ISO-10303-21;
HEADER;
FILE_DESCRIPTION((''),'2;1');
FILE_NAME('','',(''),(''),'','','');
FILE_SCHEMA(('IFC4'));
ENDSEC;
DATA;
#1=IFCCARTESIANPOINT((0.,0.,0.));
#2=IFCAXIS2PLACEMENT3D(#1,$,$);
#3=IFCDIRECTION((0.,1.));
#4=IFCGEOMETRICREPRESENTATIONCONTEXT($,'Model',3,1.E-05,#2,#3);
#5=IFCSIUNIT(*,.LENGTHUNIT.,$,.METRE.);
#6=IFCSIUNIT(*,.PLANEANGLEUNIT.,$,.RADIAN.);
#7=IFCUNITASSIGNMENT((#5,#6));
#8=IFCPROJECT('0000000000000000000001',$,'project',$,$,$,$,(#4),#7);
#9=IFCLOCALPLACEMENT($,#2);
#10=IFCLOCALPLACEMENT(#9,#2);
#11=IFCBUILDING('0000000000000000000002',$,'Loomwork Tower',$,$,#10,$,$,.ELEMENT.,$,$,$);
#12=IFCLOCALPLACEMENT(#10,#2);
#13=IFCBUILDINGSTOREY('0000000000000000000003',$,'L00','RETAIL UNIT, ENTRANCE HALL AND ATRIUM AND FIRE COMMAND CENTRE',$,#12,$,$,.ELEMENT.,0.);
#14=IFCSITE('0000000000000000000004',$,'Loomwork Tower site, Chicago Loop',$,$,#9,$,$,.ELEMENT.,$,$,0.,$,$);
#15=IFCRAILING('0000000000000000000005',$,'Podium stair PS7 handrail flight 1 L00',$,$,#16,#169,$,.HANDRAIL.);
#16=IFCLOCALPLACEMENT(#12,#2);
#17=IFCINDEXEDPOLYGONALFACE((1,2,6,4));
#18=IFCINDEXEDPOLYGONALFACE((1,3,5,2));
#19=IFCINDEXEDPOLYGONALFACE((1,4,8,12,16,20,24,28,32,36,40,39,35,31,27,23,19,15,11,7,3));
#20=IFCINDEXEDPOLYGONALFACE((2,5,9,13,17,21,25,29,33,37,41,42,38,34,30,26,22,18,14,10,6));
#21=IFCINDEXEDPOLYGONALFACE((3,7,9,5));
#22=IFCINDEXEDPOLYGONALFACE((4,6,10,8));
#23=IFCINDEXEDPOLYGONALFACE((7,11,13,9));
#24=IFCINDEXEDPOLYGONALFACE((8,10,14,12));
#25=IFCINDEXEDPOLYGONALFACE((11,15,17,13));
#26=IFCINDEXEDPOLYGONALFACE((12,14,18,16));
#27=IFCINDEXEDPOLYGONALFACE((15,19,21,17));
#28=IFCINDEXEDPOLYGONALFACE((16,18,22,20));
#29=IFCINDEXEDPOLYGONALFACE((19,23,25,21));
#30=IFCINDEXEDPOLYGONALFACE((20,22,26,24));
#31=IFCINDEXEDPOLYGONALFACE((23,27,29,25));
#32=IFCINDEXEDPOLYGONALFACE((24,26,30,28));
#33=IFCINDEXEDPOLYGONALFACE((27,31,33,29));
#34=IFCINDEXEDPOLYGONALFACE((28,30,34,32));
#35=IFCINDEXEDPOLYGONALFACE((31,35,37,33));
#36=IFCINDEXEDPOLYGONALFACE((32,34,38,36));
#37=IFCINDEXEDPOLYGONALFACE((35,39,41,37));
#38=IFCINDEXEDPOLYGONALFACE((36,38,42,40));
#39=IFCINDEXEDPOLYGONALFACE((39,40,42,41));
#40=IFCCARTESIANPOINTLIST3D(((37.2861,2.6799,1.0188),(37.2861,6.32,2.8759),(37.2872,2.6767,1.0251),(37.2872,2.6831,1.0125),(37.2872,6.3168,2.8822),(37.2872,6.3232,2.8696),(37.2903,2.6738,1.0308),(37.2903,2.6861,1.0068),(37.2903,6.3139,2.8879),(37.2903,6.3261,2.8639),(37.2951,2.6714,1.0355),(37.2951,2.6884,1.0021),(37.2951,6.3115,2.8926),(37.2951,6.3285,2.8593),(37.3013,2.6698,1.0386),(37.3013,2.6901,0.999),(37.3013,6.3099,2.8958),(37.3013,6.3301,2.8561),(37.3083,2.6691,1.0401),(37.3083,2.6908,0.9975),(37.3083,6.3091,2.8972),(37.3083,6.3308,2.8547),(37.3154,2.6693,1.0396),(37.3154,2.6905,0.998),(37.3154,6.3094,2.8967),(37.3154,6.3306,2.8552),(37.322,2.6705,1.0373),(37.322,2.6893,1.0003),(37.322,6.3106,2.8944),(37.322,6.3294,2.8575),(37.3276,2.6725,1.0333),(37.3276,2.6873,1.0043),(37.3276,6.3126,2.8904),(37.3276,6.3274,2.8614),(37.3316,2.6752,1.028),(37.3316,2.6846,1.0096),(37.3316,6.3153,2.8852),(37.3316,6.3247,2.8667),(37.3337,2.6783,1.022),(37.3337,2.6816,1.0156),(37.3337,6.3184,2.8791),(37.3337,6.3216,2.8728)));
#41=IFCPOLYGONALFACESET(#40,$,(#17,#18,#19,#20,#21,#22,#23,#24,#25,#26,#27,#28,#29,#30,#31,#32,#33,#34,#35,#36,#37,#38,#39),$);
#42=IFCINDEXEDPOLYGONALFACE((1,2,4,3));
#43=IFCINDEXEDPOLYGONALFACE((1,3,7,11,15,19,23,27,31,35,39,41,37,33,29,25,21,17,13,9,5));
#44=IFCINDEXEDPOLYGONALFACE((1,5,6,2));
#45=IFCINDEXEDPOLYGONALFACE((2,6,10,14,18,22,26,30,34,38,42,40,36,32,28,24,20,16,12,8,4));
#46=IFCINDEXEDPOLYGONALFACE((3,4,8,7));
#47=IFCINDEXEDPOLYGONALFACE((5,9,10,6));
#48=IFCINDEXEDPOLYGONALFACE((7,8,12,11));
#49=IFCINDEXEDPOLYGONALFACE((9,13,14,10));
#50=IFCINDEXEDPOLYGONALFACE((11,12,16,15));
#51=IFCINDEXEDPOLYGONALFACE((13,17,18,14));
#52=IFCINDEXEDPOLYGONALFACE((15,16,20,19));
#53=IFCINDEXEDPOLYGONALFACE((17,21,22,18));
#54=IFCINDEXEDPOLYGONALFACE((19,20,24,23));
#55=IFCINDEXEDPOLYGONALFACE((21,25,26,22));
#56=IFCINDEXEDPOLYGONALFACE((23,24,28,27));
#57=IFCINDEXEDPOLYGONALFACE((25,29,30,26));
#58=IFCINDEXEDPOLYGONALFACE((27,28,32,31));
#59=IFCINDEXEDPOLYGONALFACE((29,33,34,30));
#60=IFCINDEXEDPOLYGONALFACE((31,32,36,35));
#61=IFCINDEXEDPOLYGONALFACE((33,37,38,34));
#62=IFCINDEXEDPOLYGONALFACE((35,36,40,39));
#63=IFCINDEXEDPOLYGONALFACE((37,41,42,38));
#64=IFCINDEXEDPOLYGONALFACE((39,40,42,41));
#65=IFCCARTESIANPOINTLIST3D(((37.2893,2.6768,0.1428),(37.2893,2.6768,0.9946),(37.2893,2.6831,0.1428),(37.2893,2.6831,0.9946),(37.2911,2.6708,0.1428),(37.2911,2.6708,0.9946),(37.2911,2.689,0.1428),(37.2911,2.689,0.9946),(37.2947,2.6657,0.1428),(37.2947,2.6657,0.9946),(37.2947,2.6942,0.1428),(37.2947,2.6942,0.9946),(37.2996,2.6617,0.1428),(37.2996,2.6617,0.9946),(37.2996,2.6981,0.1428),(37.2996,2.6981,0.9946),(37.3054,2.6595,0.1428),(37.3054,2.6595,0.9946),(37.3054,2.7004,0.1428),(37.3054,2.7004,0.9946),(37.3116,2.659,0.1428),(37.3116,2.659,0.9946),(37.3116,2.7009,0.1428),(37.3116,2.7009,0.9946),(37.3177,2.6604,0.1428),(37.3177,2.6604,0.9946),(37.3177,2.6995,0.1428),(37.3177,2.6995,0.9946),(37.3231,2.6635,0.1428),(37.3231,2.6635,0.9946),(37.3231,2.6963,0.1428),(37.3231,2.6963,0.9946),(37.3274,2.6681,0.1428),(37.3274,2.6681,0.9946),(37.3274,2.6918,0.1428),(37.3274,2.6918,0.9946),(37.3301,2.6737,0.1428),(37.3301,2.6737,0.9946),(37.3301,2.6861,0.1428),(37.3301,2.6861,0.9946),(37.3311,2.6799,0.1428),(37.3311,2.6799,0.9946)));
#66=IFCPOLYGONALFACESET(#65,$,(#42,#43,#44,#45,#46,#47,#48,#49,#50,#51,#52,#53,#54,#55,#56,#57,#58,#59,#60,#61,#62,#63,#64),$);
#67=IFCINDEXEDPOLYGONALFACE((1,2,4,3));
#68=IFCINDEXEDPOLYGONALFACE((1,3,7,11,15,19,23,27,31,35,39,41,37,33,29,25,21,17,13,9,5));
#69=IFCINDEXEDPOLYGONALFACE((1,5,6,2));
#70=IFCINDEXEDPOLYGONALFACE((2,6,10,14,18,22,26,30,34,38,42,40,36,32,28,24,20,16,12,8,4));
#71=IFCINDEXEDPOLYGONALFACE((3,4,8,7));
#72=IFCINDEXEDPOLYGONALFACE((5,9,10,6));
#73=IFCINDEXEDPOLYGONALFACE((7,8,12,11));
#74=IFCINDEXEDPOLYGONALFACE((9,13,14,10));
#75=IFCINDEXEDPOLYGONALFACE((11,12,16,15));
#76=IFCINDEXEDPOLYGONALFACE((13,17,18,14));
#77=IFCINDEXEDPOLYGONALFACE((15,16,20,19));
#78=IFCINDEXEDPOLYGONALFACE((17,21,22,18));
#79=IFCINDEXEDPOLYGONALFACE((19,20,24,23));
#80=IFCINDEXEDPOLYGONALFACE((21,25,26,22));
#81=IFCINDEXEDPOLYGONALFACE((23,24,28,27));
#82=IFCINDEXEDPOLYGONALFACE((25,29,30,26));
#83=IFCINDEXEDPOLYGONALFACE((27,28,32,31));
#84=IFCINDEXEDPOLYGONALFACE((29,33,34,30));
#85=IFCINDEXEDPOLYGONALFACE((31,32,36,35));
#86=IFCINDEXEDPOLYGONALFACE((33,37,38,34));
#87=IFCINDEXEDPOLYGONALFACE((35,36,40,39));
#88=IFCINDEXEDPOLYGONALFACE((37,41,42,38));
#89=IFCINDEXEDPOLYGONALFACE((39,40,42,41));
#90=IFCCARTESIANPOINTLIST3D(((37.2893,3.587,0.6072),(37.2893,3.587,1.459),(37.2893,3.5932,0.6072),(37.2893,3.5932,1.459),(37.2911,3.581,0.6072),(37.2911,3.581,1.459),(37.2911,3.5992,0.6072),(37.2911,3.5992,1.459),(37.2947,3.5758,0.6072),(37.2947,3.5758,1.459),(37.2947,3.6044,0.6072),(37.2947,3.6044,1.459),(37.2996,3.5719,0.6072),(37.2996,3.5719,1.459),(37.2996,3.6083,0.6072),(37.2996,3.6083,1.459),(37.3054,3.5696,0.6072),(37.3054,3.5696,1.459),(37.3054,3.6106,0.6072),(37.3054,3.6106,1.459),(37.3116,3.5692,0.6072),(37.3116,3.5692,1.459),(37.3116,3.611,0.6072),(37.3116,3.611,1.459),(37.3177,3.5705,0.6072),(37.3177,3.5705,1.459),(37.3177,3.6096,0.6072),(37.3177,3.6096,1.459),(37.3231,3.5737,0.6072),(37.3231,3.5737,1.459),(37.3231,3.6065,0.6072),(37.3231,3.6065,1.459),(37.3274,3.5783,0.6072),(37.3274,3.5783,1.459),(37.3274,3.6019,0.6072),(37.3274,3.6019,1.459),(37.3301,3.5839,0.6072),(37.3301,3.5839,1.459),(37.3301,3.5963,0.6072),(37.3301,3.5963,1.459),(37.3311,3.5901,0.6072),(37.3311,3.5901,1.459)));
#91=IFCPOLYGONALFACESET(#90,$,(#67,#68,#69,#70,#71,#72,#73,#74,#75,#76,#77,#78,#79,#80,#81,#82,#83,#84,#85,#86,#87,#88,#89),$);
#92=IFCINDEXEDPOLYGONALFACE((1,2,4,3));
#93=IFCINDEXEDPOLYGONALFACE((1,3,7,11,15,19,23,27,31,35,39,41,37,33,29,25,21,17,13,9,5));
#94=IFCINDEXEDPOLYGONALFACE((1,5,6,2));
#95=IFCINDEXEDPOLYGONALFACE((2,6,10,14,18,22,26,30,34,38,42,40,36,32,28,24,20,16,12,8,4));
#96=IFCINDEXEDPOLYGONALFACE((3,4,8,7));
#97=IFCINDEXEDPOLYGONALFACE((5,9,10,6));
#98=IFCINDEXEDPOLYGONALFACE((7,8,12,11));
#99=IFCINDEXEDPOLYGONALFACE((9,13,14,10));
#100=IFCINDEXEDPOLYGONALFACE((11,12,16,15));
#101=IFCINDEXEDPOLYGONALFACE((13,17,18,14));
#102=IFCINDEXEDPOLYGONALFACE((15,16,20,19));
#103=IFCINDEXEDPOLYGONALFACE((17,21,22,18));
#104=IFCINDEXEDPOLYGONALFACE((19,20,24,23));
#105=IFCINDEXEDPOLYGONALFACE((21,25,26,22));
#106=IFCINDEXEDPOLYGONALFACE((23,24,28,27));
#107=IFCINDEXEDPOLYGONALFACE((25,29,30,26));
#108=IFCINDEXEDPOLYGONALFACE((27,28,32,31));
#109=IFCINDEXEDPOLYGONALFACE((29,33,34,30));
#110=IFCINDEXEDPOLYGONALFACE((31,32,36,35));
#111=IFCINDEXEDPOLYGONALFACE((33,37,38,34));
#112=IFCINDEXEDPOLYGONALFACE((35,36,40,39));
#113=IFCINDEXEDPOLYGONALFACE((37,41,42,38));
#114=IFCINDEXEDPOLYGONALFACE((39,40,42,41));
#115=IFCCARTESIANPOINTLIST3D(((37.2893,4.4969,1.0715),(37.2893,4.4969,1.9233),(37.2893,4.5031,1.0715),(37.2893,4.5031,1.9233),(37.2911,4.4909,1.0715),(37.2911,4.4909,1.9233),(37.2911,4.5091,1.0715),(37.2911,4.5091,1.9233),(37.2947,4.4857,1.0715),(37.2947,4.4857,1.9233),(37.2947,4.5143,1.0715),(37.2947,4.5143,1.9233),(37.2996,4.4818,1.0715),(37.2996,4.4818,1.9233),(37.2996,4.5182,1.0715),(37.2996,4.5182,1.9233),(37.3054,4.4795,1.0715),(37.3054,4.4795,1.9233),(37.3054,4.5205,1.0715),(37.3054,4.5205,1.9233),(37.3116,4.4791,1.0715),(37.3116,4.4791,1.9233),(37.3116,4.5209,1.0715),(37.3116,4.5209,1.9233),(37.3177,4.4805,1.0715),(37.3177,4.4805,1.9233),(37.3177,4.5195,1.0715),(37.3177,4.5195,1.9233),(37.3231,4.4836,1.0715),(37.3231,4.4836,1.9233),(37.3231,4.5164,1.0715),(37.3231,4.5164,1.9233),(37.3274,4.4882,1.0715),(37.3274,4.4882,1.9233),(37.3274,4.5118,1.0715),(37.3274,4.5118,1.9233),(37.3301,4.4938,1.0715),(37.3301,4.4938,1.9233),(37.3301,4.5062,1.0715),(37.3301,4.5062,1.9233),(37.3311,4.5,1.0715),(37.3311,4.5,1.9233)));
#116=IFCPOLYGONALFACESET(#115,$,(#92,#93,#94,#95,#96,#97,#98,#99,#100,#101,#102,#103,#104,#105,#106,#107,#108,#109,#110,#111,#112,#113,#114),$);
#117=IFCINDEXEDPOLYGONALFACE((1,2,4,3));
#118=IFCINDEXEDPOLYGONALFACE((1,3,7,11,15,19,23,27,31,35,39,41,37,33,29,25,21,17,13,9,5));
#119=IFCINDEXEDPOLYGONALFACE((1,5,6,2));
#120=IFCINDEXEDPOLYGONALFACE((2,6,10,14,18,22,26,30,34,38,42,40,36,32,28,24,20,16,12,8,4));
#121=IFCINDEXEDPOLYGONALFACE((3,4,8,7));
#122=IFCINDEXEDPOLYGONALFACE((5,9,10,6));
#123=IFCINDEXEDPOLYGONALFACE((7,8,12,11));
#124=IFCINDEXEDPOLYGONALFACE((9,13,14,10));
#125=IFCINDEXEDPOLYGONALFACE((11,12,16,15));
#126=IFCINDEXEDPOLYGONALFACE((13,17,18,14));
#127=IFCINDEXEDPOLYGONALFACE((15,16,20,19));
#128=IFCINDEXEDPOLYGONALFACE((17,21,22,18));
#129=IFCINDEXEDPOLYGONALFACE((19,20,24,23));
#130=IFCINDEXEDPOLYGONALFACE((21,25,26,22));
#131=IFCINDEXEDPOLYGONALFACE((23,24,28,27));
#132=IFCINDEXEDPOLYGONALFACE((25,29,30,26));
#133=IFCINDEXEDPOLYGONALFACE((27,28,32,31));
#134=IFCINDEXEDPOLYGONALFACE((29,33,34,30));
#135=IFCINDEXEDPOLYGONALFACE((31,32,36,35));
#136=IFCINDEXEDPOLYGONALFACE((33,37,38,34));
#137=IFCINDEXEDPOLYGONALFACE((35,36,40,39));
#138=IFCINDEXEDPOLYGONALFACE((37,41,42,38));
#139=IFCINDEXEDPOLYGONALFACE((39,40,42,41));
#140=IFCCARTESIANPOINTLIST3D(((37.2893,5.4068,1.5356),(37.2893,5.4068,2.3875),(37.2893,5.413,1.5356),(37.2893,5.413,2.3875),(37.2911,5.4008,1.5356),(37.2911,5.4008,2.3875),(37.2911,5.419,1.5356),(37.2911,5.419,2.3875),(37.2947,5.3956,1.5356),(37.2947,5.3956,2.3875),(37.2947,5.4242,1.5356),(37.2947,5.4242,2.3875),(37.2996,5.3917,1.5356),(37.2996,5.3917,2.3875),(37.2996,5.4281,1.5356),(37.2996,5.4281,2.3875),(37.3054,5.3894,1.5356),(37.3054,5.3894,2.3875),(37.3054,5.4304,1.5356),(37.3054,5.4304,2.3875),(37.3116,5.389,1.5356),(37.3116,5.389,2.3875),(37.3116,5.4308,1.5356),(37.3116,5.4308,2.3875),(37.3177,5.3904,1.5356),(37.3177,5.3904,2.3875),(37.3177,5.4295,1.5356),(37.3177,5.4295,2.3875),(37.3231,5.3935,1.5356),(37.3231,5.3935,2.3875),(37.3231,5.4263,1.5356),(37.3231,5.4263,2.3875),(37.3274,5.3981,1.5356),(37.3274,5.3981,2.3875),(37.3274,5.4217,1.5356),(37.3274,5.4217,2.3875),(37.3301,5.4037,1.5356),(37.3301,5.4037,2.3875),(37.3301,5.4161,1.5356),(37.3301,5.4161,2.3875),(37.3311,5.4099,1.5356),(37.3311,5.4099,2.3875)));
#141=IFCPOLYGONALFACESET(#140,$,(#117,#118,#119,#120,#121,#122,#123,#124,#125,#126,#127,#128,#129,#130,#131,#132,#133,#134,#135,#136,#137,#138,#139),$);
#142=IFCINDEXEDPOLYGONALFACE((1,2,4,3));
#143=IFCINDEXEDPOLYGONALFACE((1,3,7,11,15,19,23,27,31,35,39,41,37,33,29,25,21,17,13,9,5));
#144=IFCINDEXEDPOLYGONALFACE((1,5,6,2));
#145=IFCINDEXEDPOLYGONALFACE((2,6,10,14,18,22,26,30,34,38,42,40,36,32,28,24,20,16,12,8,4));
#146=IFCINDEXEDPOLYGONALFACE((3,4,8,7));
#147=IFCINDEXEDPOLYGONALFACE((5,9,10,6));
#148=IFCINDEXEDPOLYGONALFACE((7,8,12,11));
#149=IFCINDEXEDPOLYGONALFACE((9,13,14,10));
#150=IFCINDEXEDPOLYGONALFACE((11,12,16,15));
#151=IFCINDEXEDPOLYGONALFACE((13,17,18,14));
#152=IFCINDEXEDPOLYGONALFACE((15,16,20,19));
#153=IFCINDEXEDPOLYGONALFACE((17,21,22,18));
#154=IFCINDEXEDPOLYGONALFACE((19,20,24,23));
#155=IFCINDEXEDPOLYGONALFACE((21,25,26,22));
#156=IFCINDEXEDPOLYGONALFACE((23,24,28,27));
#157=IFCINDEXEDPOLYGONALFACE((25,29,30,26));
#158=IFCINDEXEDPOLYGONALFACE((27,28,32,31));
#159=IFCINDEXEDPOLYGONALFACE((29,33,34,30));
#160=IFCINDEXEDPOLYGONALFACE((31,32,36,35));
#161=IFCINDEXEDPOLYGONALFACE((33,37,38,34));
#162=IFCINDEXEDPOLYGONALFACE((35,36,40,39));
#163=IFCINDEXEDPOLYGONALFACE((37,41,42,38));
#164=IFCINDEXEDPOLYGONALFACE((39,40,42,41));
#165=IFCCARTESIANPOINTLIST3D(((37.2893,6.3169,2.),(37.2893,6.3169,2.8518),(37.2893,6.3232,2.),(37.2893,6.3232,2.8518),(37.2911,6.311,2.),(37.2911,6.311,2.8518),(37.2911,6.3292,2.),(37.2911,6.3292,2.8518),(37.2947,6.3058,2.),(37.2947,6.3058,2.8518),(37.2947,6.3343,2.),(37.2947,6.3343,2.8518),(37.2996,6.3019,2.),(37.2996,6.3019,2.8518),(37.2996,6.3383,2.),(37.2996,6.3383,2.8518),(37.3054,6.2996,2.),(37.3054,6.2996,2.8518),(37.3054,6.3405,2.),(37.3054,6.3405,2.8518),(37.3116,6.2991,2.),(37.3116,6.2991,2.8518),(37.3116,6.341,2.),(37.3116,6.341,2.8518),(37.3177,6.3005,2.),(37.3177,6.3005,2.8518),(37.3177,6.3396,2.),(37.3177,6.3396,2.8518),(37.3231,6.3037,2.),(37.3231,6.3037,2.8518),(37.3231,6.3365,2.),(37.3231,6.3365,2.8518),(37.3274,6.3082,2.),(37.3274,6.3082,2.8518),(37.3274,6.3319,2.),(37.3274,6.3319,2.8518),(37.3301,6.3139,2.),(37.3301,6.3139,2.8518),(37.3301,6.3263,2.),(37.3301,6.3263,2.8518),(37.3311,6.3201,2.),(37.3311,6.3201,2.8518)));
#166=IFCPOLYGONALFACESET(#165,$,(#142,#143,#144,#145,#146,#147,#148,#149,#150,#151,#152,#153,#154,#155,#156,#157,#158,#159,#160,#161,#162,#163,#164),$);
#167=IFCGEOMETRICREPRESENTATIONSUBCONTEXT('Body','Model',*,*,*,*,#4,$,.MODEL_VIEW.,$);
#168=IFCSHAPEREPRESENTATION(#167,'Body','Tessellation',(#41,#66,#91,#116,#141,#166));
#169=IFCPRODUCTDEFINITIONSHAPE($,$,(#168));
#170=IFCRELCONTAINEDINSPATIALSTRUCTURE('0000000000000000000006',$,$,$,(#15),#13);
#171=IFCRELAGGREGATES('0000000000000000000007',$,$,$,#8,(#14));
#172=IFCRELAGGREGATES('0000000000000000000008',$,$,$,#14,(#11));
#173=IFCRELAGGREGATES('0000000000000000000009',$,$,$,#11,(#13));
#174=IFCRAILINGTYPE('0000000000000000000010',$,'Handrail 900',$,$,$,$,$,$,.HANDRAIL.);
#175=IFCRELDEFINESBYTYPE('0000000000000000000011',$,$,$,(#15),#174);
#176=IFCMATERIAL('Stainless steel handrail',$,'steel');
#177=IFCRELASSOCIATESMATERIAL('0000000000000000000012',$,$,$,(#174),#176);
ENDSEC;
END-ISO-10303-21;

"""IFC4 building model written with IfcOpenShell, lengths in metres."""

from ifc_helpers import new_model, si_unit, direction, frame, origin, origin_2d, place, context, subcontext, project, spatial, circle, extrude, material, type_object, element, save


model = new_model("IFC4")

# Units and contexts
model_context = context("Model", 3, precision=1e-05, world=origin(), true_north=direction((0.0, 1.0)))
body_context = subcontext(model_context, "Body", "Model", "MODEL_VIEW")
ifc_project = project(units=[si_unit("LENGTHUNIT", "METRE"), si_unit("PLANEANGLEUNIT", "RADIAN")], contexts=[model_context])

# Site, building, storey
site_placement = place(None, origin())
site = spatial("IfcSite", under=ifc_project, at=site_placement, Name="Loomwork Tower site, Chicago Loop", CompositionType="ELEMENT", RefElevation=0.0)
building_placement = place(site_placement, origin())
building = spatial("IfcBuilding", under=site, at=building_placement, Name="Loomwork Tower", CompositionType="ELEMENT")
storey_placement = place(building_placement, origin())
storey = spatial("IfcBuildingStorey", under=building, at=storey_placement, Name="L00", Description="RETAIL UNIT, ENTRANCE HALL AND ATRIUM AND FIRE COMMAND CENTRE", CompositionType="ELEMENT", Elevation=0.0)

# Railing
ifc_material_1 = material(Name="Stainless steel handrail", Category="steel")
railing_type = type_object("IfcRailingType", Name="Handrail 900", PredefinedType="HANDRAIL", material=ifc_material_1)
railing_1_placement = place(storey_placement, frame((37.3101, 2.6799, 0.1428)))
element("IfcRailing", 1, at=railing_1_placement, inside=storey, type_object=railing_type, Name="Podium stair PS7 handrail flight 1 L00", PredefinedType="HANDRAIL", context=body_context, shape_type="SweptSolid", body=[
    extrude(circle(Radius=0.0239, at=origin_2d()), frame((0.0, 0.0, 0.876), z_axis=(0.0, 0.890765, 0.454464), x_axis=(-1.0, 0.0, 0.0)), (0.0, 0.0, 1.0), 4.0864),
    extrude(circle(Radius=0.021, at=origin_2d()), origin(), (0.0, 0.0, 1.0), 0.8518),
    extrude(circle(Radius=0.021, at=origin_2d()), frame((0.0, 0.9102, 0.4644)), (0.0, 0.0, 1.0), 0.8518),
    extrude(circle(Radius=0.021, at=origin_2d()), frame((0.0, 1.8201, 0.9287)), (0.0, 0.0, 1.0), 0.8518),
    extrude(circle(Radius=0.021, at=origin_2d()), frame((0.0, 2.73, 1.3928)), (0.0, 0.0, 1.0), 0.8518),
    extrude(circle(Radius=0.021, at=origin_2d()), frame((0.0, 3.6401, 1.8572)), (0.0, 0.0, 1.0), 0.8518),
])

save(model, "model.ifc")
